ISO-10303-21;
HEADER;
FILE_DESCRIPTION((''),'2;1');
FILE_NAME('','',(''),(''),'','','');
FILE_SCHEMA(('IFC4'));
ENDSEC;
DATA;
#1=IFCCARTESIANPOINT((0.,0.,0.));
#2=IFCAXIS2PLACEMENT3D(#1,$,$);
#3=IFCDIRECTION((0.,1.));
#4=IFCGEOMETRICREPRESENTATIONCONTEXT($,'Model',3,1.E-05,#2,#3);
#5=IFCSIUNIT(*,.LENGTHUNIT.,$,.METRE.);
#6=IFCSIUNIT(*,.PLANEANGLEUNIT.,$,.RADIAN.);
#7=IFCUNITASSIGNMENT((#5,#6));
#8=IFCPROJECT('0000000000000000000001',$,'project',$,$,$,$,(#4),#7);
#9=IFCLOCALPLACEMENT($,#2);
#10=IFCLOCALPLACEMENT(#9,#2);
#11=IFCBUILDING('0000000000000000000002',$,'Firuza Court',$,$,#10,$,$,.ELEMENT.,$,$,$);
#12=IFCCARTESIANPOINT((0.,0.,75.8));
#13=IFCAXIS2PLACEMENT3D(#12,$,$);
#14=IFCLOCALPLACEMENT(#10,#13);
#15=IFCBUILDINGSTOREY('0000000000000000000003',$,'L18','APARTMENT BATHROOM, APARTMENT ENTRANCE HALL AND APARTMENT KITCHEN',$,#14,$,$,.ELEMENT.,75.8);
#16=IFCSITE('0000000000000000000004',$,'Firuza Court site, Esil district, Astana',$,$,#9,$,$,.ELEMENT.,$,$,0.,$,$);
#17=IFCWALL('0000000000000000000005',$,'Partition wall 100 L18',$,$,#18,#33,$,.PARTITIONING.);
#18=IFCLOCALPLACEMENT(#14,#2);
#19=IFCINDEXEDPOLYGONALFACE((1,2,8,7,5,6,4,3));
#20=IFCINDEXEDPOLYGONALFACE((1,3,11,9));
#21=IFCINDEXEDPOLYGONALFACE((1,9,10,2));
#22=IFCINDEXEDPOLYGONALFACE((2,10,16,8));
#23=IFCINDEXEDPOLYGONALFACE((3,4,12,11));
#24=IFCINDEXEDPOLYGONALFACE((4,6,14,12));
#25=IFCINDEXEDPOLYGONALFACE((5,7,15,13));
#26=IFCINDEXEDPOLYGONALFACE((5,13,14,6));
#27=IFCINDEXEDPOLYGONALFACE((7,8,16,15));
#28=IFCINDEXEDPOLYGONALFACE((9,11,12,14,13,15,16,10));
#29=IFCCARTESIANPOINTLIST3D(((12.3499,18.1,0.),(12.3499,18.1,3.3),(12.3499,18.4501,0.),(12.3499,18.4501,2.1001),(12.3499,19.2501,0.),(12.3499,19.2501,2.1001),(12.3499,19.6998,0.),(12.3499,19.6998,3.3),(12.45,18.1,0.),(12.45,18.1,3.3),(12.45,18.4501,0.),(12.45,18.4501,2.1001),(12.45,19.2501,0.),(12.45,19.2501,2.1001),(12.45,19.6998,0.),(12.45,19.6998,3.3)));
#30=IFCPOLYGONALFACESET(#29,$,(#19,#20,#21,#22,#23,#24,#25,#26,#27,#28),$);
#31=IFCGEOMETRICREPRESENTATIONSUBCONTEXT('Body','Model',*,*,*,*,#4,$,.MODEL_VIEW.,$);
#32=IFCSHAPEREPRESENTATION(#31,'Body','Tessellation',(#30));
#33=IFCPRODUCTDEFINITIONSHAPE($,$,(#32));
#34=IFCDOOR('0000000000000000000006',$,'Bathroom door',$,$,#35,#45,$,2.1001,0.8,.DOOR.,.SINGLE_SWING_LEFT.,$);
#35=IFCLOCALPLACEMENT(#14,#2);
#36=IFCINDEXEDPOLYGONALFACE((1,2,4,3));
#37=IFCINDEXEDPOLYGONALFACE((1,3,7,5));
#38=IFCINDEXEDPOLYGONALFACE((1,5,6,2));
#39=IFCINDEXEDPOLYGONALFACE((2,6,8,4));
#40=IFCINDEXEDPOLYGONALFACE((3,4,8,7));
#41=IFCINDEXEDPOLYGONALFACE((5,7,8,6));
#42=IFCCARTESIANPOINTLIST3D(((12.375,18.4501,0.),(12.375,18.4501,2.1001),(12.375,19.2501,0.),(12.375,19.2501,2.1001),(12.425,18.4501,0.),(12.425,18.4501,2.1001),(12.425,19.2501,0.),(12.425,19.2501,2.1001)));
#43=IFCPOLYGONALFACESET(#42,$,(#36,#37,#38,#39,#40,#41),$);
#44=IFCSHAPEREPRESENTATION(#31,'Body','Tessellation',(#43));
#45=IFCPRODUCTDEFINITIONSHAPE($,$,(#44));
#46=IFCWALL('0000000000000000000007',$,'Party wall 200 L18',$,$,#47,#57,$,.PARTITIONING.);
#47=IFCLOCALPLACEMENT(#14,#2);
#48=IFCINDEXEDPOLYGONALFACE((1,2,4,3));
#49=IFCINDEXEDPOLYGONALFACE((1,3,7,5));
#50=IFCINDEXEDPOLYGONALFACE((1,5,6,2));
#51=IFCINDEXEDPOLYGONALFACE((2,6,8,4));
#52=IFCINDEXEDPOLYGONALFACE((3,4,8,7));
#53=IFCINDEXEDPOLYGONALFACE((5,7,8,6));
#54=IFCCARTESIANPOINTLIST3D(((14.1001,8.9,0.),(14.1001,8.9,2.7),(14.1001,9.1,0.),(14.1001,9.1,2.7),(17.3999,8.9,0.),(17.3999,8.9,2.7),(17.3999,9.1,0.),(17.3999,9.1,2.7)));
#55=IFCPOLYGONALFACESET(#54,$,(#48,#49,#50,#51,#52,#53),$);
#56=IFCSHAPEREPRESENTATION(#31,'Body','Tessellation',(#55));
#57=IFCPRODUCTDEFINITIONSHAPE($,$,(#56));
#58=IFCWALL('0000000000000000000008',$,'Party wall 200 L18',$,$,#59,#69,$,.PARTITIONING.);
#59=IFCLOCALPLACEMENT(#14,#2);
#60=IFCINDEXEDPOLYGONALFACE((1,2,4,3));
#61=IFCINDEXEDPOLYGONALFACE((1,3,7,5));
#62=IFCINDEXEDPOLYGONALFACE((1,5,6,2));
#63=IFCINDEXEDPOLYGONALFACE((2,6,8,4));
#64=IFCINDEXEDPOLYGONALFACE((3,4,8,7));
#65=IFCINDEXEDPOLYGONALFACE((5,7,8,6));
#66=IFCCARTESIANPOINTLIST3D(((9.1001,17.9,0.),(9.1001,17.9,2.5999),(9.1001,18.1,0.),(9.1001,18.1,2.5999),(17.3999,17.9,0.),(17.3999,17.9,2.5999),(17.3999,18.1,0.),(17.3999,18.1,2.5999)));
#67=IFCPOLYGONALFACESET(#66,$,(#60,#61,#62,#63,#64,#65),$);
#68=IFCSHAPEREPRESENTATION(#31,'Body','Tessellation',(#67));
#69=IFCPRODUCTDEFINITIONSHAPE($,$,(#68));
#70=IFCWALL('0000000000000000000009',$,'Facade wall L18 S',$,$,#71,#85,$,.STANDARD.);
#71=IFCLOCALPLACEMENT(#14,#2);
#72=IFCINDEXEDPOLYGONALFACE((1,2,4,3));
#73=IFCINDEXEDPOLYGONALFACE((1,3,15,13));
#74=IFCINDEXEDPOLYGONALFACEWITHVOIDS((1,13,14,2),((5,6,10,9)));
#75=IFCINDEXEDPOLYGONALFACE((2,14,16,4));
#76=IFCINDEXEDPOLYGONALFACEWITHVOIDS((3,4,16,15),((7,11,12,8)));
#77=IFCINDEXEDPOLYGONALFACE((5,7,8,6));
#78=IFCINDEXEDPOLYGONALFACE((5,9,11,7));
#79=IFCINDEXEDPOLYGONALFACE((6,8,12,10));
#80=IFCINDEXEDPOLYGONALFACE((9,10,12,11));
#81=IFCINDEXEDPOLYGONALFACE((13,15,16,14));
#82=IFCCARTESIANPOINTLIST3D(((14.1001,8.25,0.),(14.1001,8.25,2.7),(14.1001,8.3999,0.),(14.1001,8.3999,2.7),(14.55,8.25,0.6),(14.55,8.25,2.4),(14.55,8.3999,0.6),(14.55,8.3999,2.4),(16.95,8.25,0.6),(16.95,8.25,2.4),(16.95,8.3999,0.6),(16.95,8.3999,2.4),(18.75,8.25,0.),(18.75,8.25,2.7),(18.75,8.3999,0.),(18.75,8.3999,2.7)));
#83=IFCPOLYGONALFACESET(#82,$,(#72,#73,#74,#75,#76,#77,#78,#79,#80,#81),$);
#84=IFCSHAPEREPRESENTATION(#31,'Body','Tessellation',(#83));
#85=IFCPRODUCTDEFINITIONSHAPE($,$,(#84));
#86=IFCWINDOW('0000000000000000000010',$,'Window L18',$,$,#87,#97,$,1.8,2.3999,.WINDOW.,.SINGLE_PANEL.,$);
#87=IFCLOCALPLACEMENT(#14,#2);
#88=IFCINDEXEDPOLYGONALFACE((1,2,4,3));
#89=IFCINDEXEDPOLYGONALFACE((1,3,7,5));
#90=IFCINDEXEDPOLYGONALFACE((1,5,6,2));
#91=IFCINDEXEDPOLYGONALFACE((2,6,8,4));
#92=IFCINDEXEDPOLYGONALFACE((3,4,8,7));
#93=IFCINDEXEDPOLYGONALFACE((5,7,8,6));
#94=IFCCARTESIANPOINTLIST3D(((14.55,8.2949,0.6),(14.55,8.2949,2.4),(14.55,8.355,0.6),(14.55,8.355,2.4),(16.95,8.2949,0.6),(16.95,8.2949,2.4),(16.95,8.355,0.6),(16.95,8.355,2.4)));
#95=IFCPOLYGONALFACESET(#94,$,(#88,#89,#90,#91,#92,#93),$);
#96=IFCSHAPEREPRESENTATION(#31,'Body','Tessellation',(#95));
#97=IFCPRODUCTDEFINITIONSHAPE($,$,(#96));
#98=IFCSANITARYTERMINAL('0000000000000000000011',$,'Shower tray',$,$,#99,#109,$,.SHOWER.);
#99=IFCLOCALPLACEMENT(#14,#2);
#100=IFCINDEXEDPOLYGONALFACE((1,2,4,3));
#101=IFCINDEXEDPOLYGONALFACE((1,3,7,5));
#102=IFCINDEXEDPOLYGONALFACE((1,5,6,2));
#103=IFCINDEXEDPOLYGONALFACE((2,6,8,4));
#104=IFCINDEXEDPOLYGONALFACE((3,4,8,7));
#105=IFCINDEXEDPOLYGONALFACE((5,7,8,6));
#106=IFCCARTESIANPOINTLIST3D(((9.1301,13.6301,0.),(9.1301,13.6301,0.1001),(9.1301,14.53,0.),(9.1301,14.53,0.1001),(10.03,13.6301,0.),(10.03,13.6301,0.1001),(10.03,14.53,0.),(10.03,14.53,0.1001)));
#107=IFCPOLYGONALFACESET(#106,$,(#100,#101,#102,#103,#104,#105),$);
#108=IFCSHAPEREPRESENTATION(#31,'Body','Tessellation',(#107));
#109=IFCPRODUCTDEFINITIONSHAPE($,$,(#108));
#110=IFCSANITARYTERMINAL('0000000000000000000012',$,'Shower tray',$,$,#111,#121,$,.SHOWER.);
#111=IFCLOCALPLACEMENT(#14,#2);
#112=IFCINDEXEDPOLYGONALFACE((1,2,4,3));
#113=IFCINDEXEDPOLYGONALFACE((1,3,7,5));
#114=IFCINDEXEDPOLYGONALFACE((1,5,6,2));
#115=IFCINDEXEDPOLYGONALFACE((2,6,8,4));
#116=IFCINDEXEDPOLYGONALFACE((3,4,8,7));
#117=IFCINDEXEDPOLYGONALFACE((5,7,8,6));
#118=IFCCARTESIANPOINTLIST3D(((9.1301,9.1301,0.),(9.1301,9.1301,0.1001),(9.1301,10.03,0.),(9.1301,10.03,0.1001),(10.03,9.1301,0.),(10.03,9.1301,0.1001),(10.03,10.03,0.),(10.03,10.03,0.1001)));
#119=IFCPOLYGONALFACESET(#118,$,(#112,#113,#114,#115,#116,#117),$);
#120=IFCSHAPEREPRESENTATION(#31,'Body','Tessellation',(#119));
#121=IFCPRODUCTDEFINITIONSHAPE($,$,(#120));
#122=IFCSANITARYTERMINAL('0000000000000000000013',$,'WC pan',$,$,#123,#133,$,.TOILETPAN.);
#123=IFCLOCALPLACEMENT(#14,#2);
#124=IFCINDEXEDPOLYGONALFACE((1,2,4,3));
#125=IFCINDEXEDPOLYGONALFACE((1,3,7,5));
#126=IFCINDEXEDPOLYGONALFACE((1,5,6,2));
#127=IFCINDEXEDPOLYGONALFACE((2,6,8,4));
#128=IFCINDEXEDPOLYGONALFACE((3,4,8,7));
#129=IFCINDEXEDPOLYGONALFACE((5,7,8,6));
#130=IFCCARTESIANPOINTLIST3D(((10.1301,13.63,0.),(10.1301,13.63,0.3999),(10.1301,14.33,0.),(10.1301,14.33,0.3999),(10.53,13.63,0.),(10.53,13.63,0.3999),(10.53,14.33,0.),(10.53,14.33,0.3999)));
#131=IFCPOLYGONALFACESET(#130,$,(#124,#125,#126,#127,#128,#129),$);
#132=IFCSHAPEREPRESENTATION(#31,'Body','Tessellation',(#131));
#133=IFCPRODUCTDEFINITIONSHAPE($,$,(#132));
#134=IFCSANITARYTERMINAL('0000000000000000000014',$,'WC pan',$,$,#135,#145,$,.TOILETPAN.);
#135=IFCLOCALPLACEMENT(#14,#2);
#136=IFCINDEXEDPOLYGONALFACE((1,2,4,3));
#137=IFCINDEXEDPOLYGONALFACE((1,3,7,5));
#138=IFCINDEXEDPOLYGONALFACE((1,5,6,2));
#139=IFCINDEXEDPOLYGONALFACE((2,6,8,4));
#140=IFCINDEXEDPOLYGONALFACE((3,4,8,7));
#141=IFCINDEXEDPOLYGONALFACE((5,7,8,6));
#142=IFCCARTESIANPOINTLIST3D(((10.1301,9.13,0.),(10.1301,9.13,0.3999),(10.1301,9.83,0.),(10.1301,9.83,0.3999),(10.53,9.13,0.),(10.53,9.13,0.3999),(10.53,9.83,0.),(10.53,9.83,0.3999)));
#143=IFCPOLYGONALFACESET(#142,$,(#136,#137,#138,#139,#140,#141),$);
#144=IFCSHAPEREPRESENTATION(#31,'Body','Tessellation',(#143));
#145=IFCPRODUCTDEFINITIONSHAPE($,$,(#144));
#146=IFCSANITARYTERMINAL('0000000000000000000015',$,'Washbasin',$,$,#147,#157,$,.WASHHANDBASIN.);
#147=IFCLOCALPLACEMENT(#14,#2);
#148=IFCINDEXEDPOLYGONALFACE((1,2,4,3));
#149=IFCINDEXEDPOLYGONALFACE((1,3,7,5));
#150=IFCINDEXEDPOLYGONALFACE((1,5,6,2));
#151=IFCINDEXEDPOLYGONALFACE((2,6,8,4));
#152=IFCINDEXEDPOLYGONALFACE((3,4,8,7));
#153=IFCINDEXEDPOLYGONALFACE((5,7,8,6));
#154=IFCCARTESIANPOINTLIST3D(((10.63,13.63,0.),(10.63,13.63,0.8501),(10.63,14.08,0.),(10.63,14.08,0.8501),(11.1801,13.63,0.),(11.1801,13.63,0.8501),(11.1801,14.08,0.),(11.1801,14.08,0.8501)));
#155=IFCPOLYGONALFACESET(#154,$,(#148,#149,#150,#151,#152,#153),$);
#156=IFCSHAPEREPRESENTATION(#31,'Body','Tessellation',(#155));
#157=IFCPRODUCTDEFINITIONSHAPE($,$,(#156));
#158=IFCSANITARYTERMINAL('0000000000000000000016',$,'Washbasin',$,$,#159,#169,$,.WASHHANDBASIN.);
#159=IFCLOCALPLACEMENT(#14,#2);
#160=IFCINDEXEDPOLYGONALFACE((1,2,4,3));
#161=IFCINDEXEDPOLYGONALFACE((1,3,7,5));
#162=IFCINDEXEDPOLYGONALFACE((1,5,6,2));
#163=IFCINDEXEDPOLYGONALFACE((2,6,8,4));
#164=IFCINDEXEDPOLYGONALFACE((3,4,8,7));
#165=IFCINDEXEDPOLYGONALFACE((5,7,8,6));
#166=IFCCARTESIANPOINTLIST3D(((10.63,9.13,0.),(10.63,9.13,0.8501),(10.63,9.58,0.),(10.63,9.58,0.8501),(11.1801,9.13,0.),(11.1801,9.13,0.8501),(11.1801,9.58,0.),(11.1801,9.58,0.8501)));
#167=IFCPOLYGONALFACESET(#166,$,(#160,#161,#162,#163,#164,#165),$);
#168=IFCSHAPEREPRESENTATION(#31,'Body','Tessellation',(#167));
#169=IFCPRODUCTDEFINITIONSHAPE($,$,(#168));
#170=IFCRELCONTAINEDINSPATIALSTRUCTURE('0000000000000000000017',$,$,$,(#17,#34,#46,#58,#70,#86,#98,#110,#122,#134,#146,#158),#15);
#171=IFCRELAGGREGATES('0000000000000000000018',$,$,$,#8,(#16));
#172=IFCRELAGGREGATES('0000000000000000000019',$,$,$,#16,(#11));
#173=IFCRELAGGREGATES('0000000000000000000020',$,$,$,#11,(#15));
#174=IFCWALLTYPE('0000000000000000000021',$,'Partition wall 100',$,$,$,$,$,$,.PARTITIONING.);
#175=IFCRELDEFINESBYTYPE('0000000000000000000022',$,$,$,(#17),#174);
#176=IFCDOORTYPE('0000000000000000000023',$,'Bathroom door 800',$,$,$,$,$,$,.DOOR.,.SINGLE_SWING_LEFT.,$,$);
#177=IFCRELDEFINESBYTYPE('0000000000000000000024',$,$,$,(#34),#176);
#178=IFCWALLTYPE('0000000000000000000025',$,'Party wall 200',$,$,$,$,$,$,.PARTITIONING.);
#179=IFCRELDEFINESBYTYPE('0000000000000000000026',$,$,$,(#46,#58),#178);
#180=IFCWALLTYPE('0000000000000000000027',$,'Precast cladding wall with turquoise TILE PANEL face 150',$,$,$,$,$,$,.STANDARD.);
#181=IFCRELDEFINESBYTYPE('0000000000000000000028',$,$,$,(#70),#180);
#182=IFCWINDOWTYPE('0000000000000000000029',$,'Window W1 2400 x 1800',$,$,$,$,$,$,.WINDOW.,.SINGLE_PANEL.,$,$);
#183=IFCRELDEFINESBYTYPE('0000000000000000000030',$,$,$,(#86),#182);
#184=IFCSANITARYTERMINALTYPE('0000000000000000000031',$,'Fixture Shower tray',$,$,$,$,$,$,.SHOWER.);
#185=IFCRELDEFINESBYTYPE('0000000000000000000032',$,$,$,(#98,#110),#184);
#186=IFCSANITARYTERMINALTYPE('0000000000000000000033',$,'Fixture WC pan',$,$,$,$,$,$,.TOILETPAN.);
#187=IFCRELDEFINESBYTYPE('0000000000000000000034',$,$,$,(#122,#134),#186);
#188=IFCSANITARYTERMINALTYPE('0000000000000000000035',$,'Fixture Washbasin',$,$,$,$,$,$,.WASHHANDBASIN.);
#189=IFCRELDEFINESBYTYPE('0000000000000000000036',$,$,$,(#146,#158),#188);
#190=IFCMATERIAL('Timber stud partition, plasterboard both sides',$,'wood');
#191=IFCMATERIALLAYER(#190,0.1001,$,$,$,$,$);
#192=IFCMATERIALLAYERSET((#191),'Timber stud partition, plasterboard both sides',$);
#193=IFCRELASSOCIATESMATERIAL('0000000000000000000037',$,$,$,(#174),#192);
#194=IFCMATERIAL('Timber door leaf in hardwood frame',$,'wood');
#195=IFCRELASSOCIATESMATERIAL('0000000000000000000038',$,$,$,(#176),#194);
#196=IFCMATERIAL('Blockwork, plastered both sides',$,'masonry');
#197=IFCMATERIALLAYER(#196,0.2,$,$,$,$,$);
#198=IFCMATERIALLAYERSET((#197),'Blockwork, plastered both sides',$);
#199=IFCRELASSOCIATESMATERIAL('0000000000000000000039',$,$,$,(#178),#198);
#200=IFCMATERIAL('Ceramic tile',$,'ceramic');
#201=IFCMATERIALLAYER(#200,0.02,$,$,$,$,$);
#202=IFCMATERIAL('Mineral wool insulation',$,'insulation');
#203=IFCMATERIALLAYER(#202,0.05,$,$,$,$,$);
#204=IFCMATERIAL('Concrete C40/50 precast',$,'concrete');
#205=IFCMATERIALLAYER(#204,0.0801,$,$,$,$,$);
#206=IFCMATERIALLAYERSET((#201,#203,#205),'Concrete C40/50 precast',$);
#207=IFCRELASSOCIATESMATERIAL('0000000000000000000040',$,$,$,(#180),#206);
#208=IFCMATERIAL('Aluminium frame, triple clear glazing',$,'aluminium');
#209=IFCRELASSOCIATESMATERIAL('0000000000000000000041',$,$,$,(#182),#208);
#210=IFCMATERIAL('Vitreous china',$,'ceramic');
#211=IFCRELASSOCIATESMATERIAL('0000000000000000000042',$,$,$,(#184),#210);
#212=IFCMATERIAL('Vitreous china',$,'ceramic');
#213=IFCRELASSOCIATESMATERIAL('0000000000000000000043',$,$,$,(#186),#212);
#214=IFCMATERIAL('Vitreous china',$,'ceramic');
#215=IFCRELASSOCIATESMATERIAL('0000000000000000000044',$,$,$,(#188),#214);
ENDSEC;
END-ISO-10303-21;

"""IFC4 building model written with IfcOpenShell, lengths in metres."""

from ifc_helpers import new_model, si_unit, direction, frame, frame_2d, origin, origin_2d, place, context, subcontext, project, spatial, rectangle, extrude, material, layer, layer_set, type_object, element, fill, save


model = new_model("IFC4")

# Units and contexts
model_context = context("Model", 3, precision=1e-05, world=origin(), true_north=direction((0.0, 1.0)))
body_context = subcontext(model_context, "Body", "Model", "MODEL_VIEW")
ifc_project = project(units=[si_unit("LENGTHUNIT", "METRE"), si_unit("PLANEANGLEUNIT", "RADIAN")], contexts=[model_context])

# Site, building, storey
site_placement = place(None, origin())
site = spatial("IfcSite", under=ifc_project, at=site_placement, Name="Firuza Court site, Esil district, Astana", CompositionType="ELEMENT", RefElevation=0.0)
building_placement = place(site_placement, origin())
building = spatial("IfcBuilding", under=site, at=building_placement, Name="Firuza Court", CompositionType="ELEMENT")
storey_placement = place(building_placement, frame((0.0, 0.0, 75.8)))
storey = spatial("IfcBuildingStorey", under=building, at=storey_placement, Name="L18", Description="APARTMENT BATHROOM, APARTMENT ENTRANCE HALL AND APARTMENT KITCHEN", CompositionType="ELEMENT", Elevation=75.8)

# Shared definitions
ifc_material_1 = material(Name="Timber stud partition, plasterboard both sides", Category="wood")
ifc_layer_1 = layer(ifc_material_1, 0.1001)
ifc_layer_set_1 = layer_set([ifc_layer_1], Name="Timber stud partition, plasterboard both sides")
wall_type_1 = type_object("IfcWallType", Name="Partition wall 100", PredefinedType="PARTITIONING", material=ifc_layer_set_1)
ifc_material_2 = material(Name="Timber door leaf in hardwood frame", Category="wood")
door_type_1 = type_object("IfcDoorType", Name="Bathroom door 800", OperationType="SINGLE_SWING_LEFT", PredefinedType="DOOR", material=ifc_material_2)

# Wall, opening, door
wall_1_placement = place(storey_placement, frame((12.3999, 18.1001, 0.0), z_axis=(0.0, 0.0, 1.0), x_axis=(0.0, 1.0, 0.0)))
wall_1 = element("IfcWall", 1, at=wall_1_placement, inside=storey, type_object=wall_type_1, Name="Partition wall 100 L18", PredefinedType="PARTITIONING", context=body_context, shape_type="SweptSolid", body=[
    extrude(rectangle(XDim=1.5999, YDim=0.1001, at=frame_2d((0.7998, 0.0))), origin(), (0.0, 0.0, 1.0), 3.3),
])
opening_1_placement = place(wall_1_placement, frame((0.3501, 0.0, 0.0)))
opening_1 = element("IfcOpeningElement", 2, at=opening_1_placement, cuts=wall_1, PredefinedType="OPENING", context=body_context, shape_type="SweptSolid", body=[
    extrude(rectangle(XDim=0.8, YDim=2.1001, at=frame_2d((0.3999, 1.05))), frame((0.0, 0.062, 0.0), z_axis=(0.0, -1.0, 0.0), x_axis=(1.0, 0.0, 0.0)), (0.0, 0.0, 1.0), 0.124),
])
door_1_placement = place(opening_1_placement, origin())
door_1 = element("IfcDoor", 3, at=door_1_placement, inside=storey, type_object=door_type_1, Name="Bathroom door", OperationType="SINGLE_SWING_LEFT", OverallHeight=2.1001, OverallWidth=0.8, PredefinedType="DOOR", context=body_context, shape_type="SweptSolid", body=[
    extrude(rectangle(XDim=0.8, YDim=2.1001, at=frame_2d((0.3999, 1.05))), frame((0.0, 0.0249, 0.0), z_axis=(0.0, -1.0, 0.0), x_axis=(1.0, 0.0, 0.0)), (0.0, 0.0, 1.0), 0.05),
])
fill(opening_1, door_1)

# Walls
ifc_material_3 = material(Name="Blockwork, plastered both sides", Category="masonry")
ifc_layer_2 = layer(ifc_material_3, 0.2)
ifc_layer_set_2 = layer_set([ifc_layer_2], Name="Blockwork, plastered both sides")
wall_type_2 = type_object("IfcWallType", Name="Party wall 200", PredefinedType="PARTITIONING", material=ifc_layer_set_2)
wall_2_placement = place(storey_placement, frame((14.1001, 9.0, 0.0), z_axis=(0.0, 0.0, 1.0), x_axis=(1.0, 0.0, 0.0)))
element("IfcWall", 4, at=wall_2_placement, inside=storey, type_object=wall_type_2, Name="Party wall 200 L18", PredefinedType="PARTITIONING", context=body_context, shape_type="SweptSolid", body=[
    extrude(rectangle(XDim=3.2998, YDim=0.2, at=frame_2d((1.6499, 0.0))), origin(), (0.0, 0.0, 1.0), 2.7),
])
wall_3_placement = place(storey_placement, frame((9.1001, 18.0, 0.0), z_axis=(0.0, 0.0, 1.0), x_axis=(1.0, 0.0, 0.0)))
element("IfcWall", 5, at=wall_3_placement, inside=storey, type_object=wall_type_2, Name="Party wall 200 L18", PredefinedType="PARTITIONING", context=body_context, shape_type="SweptSolid", body=[
    extrude(rectangle(XDim=8.2998, YDim=0.2, at=frame_2d((4.1499, 0.0))), origin(), (0.0, 0.0, 1.0), 2.5999),
])

# Wall, opening, window
ifc_material_4 = material(Name="Ceramic tile", Category="ceramic")
ifc_layer_3 = layer(ifc_material_4, 0.02)
ifc_material_5 = material(Name="Mineral wool insulation", Category="insulation")
ifc_layer_4 = layer(ifc_material_5, 0.05)
ifc_material_6 = material(Name="Concrete C40/50 precast", Category="concrete")
ifc_layer_5 = layer(ifc_material_6, 0.0801)
ifc_layer_set_3 = layer_set([ifc_layer_3, ifc_layer_4, ifc_layer_5], Name="Concrete C40/50 precast")
wall_type_3 = type_object("IfcWallType", Name="Precast cladding wall with turquoise TILE PANEL face 150", PredefinedType="STANDARD", material=ifc_layer_set_3)
wall_4_placement = place(storey_placement, frame((14.1001, 8.325, 0.0), z_axis=(0.0, 0.0, 1.0), x_axis=(1.0, 0.0, 0.0)))
wall_4 = element("IfcWall", 6, at=wall_4_placement, inside=storey, type_object=wall_type_3, Name="Facade wall L18 S", PredefinedType="STANDARD", context=body_context, shape_type="SweptSolid", body=[
    extrude(rectangle(XDim=4.6499, YDim=0.1499, at=frame_2d((2.325, 0.0))), origin(), (0.0, 0.0, 1.0), 2.7),
])
opening_2_placement = place(wall_4_placement, frame((0.45, 0.0, 0.6001)))
opening_2 = element("IfcOpeningElement", 7, at=opening_2_placement, cuts=wall_4, PredefinedType="OPENING", context=body_context, shape_type="SweptSolid", body=[
    extrude(rectangle(XDim=2.3999, YDim=1.8, at=frame_2d((1.2, 0.8999))), frame((0.0, 0.0869, 0.0), z_axis=(0.0, -1.0, 0.0), x_axis=(1.0, 0.0, 0.0)), (0.0, 0.0, 1.0), 0.1738),
])
ifc_material_7 = material(Name="Aluminium frame, triple clear glazing", Category="aluminium")
window_type = type_object("IfcWindowType", Name="Window W1 2400 x 1800", PartitioningType="SINGLE_PANEL", PredefinedType="WINDOW", material=ifc_material_7)
window_placement = place(opening_2_placement, origin())
window = element("IfcWindow", 8, at=window_placement, inside=storey, type_object=window_type, Name="Window L18", OverallHeight=1.8, OverallWidth=2.3999, PartitioningType="SINGLE_PANEL", PredefinedType="WINDOW", context=body_context, shape_type="SweptSolid", body=[
    extrude(rectangle(XDim=2.3999, YDim=1.8, at=frame_2d((1.2, 0.8999))), frame((0.0, 0.03, 0.0), z_axis=(0.0, -1.0, 0.0), x_axis=(1.0, 0.0, 0.0)), (0.0, 0.0, 1.0), 0.0601),
])
fill(opening_2, window)

# Sanitary terminals
ifc_material_8 = material(Name="Vitreous china", Category="ceramic")
sanitary_terminal_type_1 = type_object("IfcSanitaryTerminalType", Name="Fixture Shower tray", PredefinedType="SHOWER", material=ifc_material_8)
for number, where, z_axis, x_axis, name in (
    (9, (9.5801, 14.0801, 0.0), (0.0, 0.0, 1.0), (1.0, 0.0, 0.0), "Shower tray"),
    (10, (9.5801, 9.5801, 0.0), (0.0, 0.0, 1.0), (1.0, 0.0, 0.0), "Shower tray"),
):
    element("IfcSanitaryTerminal", number, at=place(storey_placement, frame(where, z_axis=z_axis, x_axis=x_axis)), inside=storey, type_object=sanitary_terminal_type_1, Name=name, PredefinedType="SHOWER", context=body_context, shape_type="SweptSolid", body=[
        extrude(rectangle(XDim=0.8999, YDim=0.8999, at=origin_2d()), origin(), (0.0, 0.0, 1.0), 0.1001),
    ])
ifc_material_9 = material(Name="Vitreous china", Category="ceramic")
sanitary_terminal_type_2 = type_object("IfcSanitaryTerminalType", Name="Fixture WC pan", PredefinedType="TOILETPAN", material=ifc_material_9)
for number, where, z_axis, x_axis, name in (
    (11, (10.3301, 13.98, 0.0), (0.0, 0.0, 1.0), (1.0, 0.0, 0.0), "WC pan"),
    (12, (10.3301, 9.48, 0.0), (0.0, 0.0, 1.0), (1.0, 0.0, 0.0), "WC pan"),
):
    element("IfcSanitaryTerminal", number, at=place(storey_placement, frame(where, z_axis=z_axis, x_axis=x_axis)), inside=storey, type_object=sanitary_terminal_type_2, Name=name, PredefinedType="TOILETPAN", context=body_context, shape_type="SweptSolid", body=[
        extrude(rectangle(XDim=0.3999, YDim=0.7, at=origin_2d()), origin(), (0.0, 0.0, 1.0), 0.3999),
    ])
ifc_material_10 = material(Name="Vitreous china", Category="ceramic")
sanitary_terminal_type_3 = type_object("IfcSanitaryTerminalType", Name="Fixture Washbasin", PredefinedType="WASHHANDBASIN", material=ifc_material_10)
for number, where, z_axis, x_axis, name in (
    (13, (10.905, 13.855, 0.0), (0.0, 0.0, 1.0), (1.0, 0.0, 0.0), "Washbasin"),
    (14, (10.905, 9.355, 0.0), (0.0, 0.0, 1.0), (1.0, 0.0, 0.0), "Washbasin"),
):
    element("IfcSanitaryTerminal", number, at=place(storey_placement, frame(where, z_axis=z_axis, x_axis=x_axis)), inside=storey, type_object=sanitary_terminal_type_3, Name=name, PredefinedType="WASHHANDBASIN", context=body_context, shape_type="SweptSolid", body=[
        extrude(rectangle(XDim=0.55, YDim=0.45, at=origin_2d()), origin(), (0.0, 0.0, 1.0), 0.8501),
    ])

save(model, "model.ifc")
